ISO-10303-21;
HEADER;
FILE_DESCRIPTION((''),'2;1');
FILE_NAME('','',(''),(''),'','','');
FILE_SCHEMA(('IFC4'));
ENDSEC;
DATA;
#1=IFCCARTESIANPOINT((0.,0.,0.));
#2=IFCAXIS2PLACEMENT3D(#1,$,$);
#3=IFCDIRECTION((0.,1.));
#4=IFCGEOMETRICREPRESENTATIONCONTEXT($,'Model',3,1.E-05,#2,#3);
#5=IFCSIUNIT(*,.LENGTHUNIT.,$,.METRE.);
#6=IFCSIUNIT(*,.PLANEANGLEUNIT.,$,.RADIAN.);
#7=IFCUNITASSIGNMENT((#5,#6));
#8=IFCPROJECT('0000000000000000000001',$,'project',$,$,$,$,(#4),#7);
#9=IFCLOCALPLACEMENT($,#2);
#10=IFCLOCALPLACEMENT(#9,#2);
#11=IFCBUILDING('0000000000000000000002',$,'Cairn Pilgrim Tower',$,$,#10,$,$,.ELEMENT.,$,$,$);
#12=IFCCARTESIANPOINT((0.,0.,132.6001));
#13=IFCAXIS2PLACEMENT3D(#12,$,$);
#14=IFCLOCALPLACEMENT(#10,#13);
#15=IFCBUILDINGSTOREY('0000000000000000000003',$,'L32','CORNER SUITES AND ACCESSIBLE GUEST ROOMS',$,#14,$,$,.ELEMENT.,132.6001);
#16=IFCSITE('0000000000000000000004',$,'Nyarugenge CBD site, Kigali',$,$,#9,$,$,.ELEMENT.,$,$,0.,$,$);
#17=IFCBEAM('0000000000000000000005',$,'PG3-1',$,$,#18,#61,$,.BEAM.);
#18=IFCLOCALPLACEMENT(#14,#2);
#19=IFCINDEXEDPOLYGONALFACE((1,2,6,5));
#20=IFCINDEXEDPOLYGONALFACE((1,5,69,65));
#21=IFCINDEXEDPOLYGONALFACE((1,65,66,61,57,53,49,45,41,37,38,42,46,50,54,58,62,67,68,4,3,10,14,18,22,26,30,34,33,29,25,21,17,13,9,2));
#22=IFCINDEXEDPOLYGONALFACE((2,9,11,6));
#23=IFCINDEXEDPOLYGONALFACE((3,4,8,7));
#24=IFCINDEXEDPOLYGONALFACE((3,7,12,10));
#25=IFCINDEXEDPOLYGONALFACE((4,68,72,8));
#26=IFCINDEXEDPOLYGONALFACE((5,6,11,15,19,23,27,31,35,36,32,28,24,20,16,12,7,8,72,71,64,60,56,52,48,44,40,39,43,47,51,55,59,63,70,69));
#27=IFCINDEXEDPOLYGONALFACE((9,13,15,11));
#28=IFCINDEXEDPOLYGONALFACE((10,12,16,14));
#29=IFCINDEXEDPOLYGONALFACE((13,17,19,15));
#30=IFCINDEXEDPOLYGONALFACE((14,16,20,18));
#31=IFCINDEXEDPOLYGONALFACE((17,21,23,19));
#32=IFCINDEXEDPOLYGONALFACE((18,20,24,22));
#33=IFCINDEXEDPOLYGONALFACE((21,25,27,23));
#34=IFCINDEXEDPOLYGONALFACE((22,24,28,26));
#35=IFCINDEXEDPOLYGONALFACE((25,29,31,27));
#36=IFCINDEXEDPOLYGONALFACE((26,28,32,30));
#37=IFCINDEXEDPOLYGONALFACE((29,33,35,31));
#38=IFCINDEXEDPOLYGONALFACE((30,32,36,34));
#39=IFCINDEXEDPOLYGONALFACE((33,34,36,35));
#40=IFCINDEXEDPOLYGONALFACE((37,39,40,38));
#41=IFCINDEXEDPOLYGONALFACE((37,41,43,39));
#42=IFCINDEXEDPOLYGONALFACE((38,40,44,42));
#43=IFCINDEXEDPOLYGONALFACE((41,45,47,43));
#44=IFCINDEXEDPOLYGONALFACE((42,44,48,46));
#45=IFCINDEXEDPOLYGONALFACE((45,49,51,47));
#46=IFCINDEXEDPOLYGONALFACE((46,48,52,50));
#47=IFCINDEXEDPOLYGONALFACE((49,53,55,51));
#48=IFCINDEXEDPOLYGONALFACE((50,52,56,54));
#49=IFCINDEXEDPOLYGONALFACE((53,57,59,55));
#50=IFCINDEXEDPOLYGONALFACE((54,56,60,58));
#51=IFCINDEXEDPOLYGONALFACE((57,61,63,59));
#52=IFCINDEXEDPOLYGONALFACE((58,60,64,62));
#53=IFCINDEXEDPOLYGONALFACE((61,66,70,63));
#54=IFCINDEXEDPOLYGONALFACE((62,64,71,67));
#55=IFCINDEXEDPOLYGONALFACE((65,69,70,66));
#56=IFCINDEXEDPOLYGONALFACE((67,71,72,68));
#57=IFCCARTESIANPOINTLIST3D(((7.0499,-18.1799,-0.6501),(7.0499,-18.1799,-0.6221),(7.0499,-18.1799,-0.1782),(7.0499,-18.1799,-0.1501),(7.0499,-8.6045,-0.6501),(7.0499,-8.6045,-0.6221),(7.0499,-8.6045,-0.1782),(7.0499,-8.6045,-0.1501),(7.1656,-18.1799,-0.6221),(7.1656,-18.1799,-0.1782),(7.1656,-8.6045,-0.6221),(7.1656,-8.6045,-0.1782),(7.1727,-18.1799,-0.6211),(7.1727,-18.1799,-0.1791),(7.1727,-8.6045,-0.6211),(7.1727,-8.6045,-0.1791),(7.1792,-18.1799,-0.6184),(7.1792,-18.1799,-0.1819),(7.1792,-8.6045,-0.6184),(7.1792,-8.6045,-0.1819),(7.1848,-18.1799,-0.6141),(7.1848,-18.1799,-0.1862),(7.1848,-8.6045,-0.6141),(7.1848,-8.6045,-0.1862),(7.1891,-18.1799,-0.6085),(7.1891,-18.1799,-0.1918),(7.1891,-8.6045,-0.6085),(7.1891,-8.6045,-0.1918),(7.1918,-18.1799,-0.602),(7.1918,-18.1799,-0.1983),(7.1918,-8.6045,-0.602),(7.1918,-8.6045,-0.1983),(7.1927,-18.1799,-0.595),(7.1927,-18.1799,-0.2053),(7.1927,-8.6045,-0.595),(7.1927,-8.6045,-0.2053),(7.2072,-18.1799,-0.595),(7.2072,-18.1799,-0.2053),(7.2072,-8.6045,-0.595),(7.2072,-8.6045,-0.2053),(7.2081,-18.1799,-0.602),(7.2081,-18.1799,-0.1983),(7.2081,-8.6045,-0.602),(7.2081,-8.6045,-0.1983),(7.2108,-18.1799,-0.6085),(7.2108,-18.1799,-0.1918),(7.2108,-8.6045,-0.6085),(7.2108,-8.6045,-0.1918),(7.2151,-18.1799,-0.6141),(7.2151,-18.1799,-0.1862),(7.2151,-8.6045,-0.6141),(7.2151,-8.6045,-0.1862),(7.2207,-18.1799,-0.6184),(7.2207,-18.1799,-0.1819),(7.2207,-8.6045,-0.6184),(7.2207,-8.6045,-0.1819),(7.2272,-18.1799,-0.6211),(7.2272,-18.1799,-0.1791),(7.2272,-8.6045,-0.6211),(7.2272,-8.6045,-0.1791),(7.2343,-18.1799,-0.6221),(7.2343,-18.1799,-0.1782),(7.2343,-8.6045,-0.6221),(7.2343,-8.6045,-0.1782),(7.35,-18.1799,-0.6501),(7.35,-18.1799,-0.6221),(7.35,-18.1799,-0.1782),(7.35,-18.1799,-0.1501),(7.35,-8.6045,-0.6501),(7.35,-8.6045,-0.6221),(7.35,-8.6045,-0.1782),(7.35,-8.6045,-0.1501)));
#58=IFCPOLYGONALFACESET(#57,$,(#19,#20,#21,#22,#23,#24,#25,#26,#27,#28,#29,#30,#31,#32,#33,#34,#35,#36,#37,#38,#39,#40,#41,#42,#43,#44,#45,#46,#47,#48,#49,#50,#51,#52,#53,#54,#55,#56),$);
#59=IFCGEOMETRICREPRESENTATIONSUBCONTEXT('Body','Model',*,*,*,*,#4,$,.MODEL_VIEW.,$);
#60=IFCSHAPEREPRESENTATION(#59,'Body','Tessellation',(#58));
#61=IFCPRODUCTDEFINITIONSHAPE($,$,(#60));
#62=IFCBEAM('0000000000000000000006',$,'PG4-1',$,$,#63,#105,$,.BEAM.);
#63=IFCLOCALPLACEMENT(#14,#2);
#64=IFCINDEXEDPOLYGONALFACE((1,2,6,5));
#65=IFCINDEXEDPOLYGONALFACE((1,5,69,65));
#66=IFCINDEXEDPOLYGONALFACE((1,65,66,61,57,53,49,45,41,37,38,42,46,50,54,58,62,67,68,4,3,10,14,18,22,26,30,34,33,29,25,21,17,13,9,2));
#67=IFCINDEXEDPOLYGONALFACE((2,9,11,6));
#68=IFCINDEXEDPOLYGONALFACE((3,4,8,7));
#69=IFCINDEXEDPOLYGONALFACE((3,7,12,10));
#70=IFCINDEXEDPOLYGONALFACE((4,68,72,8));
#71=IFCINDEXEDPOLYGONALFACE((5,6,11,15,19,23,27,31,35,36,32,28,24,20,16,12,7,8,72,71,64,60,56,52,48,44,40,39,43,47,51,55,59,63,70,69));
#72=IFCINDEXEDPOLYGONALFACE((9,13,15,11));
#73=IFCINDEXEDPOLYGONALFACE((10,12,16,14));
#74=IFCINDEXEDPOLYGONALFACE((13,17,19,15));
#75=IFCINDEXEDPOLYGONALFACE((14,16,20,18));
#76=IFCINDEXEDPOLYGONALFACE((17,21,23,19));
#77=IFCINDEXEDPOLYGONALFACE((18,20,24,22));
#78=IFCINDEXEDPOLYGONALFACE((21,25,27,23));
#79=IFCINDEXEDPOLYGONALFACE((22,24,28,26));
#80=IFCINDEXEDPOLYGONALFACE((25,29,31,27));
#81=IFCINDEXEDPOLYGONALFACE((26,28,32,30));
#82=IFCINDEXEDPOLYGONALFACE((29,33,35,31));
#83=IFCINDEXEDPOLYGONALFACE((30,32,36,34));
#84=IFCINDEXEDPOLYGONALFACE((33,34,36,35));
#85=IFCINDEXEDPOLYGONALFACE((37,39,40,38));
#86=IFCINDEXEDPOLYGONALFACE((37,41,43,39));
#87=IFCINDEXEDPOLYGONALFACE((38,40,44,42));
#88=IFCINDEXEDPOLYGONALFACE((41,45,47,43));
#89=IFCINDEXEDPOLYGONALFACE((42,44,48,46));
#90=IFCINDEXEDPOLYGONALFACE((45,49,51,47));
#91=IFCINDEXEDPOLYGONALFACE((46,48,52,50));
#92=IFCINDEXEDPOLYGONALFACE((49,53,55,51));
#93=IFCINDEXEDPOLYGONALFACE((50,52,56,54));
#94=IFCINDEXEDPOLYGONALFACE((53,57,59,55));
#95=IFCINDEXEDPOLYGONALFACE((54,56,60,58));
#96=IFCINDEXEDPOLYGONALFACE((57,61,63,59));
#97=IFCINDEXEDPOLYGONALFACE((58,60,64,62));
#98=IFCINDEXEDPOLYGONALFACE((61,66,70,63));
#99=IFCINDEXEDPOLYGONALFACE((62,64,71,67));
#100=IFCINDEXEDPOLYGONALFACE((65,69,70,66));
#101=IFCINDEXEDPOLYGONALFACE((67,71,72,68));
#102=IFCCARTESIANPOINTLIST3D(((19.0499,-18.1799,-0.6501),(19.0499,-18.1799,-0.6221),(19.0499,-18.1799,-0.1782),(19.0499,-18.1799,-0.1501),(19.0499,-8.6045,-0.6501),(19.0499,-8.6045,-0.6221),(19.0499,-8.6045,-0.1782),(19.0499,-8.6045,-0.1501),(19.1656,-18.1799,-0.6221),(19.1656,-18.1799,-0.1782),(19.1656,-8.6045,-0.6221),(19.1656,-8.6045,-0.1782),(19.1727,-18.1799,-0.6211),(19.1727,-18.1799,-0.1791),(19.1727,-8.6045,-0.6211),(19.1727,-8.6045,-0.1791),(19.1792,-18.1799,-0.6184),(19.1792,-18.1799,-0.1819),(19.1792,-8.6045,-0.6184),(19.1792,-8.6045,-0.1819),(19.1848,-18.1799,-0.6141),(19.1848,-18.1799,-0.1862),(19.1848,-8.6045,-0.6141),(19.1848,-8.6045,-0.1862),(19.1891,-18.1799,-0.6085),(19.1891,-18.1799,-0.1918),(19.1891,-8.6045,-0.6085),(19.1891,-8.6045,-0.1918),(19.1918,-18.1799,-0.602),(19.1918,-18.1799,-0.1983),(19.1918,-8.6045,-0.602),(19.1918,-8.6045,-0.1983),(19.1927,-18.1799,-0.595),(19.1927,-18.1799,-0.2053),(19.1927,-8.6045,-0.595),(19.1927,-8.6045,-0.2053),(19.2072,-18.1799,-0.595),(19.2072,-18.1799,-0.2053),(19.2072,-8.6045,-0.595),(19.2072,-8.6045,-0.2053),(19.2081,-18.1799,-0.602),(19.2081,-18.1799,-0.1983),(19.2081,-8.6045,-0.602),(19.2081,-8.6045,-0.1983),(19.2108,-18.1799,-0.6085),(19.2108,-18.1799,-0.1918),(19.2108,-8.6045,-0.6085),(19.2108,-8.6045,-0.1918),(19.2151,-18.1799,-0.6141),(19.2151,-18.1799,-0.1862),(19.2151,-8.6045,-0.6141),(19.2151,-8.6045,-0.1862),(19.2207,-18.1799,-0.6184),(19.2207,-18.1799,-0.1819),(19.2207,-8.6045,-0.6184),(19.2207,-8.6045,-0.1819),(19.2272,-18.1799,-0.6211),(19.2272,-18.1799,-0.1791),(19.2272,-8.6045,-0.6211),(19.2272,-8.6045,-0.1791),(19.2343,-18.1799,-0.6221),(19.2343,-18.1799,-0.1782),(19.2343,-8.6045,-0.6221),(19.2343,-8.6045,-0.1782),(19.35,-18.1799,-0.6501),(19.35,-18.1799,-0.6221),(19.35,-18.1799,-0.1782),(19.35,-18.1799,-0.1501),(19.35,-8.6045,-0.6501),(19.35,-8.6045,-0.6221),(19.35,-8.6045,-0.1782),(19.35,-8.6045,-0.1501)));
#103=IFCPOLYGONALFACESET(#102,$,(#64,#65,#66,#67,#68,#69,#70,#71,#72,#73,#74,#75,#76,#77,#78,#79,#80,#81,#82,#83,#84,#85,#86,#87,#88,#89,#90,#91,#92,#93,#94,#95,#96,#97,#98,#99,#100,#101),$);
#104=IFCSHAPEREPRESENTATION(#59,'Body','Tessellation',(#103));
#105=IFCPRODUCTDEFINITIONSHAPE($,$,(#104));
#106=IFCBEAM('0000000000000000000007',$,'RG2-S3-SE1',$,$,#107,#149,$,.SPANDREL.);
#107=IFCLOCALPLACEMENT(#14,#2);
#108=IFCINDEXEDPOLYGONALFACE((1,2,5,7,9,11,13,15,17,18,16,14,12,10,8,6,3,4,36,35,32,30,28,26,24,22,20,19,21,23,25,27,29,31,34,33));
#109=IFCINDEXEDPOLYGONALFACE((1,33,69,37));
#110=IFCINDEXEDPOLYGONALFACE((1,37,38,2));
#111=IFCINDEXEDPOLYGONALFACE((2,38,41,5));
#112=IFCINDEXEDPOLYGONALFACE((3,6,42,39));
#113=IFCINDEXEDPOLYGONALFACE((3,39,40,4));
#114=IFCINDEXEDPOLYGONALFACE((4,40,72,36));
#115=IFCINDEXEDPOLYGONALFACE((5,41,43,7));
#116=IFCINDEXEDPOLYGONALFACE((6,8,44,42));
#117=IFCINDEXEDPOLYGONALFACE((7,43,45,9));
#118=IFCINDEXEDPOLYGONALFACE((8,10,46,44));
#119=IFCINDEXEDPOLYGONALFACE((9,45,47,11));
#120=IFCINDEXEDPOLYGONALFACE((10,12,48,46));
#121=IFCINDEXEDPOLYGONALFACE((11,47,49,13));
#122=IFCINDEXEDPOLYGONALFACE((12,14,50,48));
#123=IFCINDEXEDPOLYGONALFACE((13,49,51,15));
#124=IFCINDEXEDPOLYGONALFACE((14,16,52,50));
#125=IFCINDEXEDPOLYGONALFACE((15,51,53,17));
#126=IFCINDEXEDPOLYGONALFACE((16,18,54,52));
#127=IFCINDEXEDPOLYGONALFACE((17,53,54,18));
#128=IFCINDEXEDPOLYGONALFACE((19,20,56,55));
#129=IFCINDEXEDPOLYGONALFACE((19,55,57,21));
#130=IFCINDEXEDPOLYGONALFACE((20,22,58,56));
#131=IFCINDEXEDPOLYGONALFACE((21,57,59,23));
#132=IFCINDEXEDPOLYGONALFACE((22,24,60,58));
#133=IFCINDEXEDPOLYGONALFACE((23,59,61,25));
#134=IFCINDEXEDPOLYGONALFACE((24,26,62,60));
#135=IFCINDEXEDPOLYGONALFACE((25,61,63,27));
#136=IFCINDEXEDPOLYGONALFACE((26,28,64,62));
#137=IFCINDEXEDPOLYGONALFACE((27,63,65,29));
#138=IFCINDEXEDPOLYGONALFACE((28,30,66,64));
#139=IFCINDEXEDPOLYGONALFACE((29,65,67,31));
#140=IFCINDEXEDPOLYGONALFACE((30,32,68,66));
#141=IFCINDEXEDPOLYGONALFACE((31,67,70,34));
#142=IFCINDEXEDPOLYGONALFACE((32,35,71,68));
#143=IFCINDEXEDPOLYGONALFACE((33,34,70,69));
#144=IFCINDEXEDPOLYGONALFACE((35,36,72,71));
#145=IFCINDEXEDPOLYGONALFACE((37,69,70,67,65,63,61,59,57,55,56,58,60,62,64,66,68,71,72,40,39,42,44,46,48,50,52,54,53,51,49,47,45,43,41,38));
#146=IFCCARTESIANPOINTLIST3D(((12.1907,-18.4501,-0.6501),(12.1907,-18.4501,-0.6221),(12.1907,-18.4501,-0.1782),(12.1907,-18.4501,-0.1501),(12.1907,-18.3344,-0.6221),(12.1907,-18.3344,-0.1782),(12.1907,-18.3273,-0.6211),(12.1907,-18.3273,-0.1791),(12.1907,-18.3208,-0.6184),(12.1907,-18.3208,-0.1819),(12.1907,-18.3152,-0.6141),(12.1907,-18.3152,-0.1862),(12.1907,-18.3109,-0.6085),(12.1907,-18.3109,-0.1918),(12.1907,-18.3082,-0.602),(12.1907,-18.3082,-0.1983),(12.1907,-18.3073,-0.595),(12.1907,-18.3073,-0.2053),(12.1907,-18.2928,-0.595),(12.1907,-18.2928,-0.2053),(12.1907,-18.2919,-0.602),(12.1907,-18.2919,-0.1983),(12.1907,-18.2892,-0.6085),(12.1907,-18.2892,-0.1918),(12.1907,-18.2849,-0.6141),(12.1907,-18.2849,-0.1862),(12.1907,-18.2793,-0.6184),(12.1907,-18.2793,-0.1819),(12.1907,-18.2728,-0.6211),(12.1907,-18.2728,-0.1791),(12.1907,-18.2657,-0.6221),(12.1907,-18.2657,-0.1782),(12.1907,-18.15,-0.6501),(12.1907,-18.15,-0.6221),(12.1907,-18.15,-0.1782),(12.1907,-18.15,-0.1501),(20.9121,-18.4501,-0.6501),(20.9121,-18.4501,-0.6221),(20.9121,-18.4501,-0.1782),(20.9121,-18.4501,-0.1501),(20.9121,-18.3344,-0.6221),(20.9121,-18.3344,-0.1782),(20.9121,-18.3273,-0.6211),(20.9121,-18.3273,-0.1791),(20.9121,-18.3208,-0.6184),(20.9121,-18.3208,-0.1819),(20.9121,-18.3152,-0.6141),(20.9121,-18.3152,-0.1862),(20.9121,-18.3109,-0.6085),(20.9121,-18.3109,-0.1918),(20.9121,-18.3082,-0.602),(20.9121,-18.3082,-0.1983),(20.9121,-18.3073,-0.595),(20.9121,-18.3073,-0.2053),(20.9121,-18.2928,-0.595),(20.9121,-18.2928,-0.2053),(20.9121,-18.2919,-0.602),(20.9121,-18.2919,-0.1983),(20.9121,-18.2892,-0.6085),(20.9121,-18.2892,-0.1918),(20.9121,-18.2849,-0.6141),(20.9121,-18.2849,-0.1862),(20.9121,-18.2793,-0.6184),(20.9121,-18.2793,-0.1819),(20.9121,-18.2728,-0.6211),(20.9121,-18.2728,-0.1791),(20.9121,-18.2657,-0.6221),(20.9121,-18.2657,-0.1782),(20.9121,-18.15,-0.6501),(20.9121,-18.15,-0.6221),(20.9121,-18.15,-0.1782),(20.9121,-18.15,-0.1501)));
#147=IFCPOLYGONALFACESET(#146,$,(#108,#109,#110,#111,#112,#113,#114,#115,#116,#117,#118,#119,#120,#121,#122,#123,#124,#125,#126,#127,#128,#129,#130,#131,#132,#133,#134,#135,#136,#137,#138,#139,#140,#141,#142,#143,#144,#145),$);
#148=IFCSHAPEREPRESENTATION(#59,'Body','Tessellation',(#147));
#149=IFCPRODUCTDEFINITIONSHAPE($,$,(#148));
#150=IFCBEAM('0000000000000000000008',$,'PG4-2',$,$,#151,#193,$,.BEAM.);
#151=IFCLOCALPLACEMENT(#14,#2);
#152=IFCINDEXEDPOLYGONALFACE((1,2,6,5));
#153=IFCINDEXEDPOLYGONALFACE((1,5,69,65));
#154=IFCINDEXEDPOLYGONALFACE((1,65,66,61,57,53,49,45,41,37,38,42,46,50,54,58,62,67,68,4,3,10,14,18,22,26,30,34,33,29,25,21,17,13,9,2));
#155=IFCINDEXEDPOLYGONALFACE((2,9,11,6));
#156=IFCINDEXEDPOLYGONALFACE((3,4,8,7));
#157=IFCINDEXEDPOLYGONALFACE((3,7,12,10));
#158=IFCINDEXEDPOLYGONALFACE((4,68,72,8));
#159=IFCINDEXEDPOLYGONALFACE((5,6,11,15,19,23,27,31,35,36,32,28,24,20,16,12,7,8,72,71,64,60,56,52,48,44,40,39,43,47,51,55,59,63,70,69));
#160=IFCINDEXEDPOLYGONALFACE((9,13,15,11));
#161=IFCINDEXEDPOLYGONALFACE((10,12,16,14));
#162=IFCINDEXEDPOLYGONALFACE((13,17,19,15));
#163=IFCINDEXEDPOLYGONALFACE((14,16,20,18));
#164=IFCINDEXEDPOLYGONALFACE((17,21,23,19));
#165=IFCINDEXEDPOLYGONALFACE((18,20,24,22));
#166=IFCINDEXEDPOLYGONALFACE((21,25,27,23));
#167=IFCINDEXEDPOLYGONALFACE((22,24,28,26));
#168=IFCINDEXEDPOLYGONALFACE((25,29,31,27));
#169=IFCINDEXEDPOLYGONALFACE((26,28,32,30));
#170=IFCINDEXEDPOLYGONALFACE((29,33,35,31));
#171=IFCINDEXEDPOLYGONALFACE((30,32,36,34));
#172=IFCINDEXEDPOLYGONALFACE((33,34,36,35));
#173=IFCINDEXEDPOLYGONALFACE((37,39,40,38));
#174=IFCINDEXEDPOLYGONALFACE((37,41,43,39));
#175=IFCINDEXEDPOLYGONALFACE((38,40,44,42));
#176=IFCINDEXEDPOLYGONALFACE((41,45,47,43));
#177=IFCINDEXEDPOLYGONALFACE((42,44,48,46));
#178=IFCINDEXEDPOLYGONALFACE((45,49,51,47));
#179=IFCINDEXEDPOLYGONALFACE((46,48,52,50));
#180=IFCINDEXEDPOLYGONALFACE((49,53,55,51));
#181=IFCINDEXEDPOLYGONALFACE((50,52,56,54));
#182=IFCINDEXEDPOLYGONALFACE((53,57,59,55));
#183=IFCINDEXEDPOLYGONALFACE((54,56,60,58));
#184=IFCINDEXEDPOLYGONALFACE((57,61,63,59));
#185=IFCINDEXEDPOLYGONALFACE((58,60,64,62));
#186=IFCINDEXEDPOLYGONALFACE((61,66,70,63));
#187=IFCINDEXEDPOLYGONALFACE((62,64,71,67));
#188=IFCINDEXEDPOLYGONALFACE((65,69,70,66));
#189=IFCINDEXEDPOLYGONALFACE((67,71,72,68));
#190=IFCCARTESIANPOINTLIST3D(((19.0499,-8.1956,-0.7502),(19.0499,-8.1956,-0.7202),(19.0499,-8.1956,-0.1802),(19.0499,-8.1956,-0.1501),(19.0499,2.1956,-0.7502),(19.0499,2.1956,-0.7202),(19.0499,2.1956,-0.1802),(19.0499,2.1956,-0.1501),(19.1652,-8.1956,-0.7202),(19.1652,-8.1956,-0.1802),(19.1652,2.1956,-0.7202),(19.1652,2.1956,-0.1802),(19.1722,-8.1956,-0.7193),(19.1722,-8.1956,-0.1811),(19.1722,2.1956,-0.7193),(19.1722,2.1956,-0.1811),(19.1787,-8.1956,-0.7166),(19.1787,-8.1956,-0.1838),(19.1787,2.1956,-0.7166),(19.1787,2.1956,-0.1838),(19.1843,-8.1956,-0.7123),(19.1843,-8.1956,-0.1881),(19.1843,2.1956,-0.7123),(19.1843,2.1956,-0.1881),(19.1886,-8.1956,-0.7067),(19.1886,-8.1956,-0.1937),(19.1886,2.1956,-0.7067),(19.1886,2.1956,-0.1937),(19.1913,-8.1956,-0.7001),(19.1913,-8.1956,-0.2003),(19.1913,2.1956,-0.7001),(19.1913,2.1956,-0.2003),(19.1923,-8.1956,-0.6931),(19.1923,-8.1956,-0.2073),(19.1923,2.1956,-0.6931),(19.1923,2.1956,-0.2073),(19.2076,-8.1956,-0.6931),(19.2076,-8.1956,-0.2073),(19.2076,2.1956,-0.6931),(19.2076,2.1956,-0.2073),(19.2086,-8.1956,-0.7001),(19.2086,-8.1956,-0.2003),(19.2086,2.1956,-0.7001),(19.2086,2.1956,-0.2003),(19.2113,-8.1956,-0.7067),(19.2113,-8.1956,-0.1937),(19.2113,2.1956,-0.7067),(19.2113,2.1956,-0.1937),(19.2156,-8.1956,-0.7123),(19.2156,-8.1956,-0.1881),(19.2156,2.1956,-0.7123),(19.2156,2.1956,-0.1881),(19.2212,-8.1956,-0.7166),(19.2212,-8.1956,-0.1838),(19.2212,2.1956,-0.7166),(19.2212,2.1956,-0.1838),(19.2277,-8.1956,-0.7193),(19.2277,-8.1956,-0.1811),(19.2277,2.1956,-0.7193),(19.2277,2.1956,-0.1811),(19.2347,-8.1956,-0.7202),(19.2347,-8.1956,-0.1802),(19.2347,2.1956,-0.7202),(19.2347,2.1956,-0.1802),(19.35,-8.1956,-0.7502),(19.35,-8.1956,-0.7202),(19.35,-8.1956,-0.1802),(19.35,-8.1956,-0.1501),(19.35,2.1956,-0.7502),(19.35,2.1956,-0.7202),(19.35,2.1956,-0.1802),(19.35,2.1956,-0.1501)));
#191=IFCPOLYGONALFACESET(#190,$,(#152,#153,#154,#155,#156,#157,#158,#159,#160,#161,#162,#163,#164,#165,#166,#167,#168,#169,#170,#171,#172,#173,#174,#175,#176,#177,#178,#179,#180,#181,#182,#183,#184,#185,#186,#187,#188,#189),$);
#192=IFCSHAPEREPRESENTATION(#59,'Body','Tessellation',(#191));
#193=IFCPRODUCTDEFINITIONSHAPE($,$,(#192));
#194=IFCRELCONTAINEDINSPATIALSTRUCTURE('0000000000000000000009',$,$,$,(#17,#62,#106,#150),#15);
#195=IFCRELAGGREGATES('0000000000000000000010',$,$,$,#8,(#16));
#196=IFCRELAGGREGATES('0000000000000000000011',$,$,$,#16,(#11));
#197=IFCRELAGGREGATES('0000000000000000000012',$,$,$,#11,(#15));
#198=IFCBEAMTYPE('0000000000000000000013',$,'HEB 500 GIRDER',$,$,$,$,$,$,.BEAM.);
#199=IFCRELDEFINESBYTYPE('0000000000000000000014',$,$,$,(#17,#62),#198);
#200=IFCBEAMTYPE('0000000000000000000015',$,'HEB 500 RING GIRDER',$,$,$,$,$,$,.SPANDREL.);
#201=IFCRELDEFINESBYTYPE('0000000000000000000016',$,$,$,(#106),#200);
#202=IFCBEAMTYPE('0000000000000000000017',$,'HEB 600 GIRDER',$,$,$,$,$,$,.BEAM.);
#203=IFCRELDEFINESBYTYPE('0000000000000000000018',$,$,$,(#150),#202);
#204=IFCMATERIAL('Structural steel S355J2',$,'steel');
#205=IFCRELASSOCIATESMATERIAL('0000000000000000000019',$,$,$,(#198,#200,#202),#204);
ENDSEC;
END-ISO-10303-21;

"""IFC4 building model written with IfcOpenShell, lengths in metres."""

from ifc_helpers import new_model, si_unit, direction, frame, origin, origin_2d, place, context, subcontext, project, spatial, i_section, extrude, material, material_profile, profile_set, type_object, element, save


model = new_model("IFC4")

# Units and contexts
model_context = context("Model", 3, precision=1e-05, world=origin(), true_north=direction((0.0, 1.0)))
body_context = subcontext(model_context, "Body", "Model", "MODEL_VIEW")
ifc_project = project(units=[si_unit("LENGTHUNIT", "METRE"), si_unit("PLANEANGLEUNIT", "RADIAN")], contexts=[model_context])

# Site, building, storey
site_placement = place(None, origin())
site = spatial("IfcSite", under=ifc_project, at=site_placement, Name="Nyarugenge CBD site, Kigali", CompositionType="ELEMENT", RefElevation=0.0)
building_placement = place(site_placement, origin())
building = spatial("IfcBuilding", under=site, at=building_placement, Name="Cairn Pilgrim Tower", CompositionType="ELEMENT")
storey_placement = place(building_placement, frame((0.0, 0.0, 132.6001)))
storey = spatial("IfcBuildingStorey", under=building, at=storey_placement, Name="L32", Description="CORNER SUITES AND ACCESSIBLE GUEST ROOMS", CompositionType="ELEMENT", Elevation=132.6001)

# Beams
ifc_material_1 = material(Name="Structural steel S355J2", Category="steel")
ifc_material_profile_1 = material_profile(ifc_material_1, i_section(OverallWidth=0.3, OverallDepth=0.5, WebThickness=0.0144, FlangeThickness=0.0281, FilletRadius=0.0271, at=origin_2d()), Name="HEB 500")
ifc_profile_set_1 = profile_set([ifc_material_profile_1], Name="Structural steel S355J2")
beam_type_1 = type_object("IfcBeamType", Name="HEB 500 GIRDER", PredefinedType="BEAM", material=ifc_profile_set_1)
for number, where, z_axis, x_axis, name in (
    (1, (7.2, -18.1799, -0.4001), (0.0, 1.0, 0.0), (-1.0, 0.0, 0.0), "PG3-1"),
    (2, (19.2, -18.1799, -0.4001), (0.0, 1.0, 0.0), (-1.0, 0.0, 0.0), "PG4-1"),
):
    element("IfcBeam", number, at=place(storey_placement, frame(where, z_axis=z_axis, x_axis=x_axis)), inside=storey, type_object=beam_type_1, Name=name, PredefinedType="BEAM", context=body_context, shape_type="SweptSolid", body=[
        extrude(i_section(OverallWidth=0.3, OverallDepth=0.5, WebThickness=0.0144, FlangeThickness=0.0281, FilletRadius=0.0271, at=origin_2d()), origin(), (0.0, 0.0, 1.0), 9.5754),
    ])
ifc_material_profile_2 = material_profile(ifc_material_1, i_section(OverallWidth=0.3, OverallDepth=0.5, WebThickness=0.0144, FlangeThickness=0.0281, FilletRadius=0.0271, at=origin_2d()), Name="HEB 500")
ifc_profile_set_2 = profile_set([ifc_material_profile_2], Name="Structural steel S355J2")
beam_type_2 = type_object("IfcBeamType", Name="HEB 500 RING GIRDER", PredefinedType="SPANDREL", material=ifc_profile_set_2)
beam_1_placement = place(storey_placement, frame((12.1907, -18.3, -0.4001), z_axis=(1.0, 0.0, 0.0), x_axis=(0.0, 1.0, 0.0)))
element("IfcBeam", 3, at=beam_1_placement, inside=storey, type_object=beam_type_2, Name="RG2-S3-SE1", PredefinedType="SPANDREL", context=body_context, shape_type="SweptSolid", body=[
    extrude(i_section(OverallWidth=0.3, OverallDepth=0.5, WebThickness=0.0144, FlangeThickness=0.0281, FilletRadius=0.0271, at=origin_2d()), origin(), (0.0, 0.0, 1.0), 8.7214),
])
ifc_material_profile_3 = material_profile(ifc_material_1, i_section(OverallWidth=0.3, OverallDepth=0.6001, WebThickness=0.0154, FlangeThickness=0.03, FilletRadius=0.0271, at=origin_2d()), Name="HEB 600")
ifc_profile_set_3 = profile_set([ifc_material_profile_3], Name="Structural steel S355J2")
beam_type_3 = type_object("IfcBeamType", Name="HEB 600 GIRDER", PredefinedType="BEAM", material=ifc_profile_set_3)
beam_2_placement = place(storey_placement, frame((19.2, -8.1956, -0.4502), z_axis=(0.0, 1.0, 0.0), x_axis=(-1.0, 0.0, 0.0)))
element("IfcBeam", 4, at=beam_2_placement, inside=storey, type_object=beam_type_3, Name="PG4-2", PredefinedType="BEAM", context=body_context, shape_type="SweptSolid", body=[
    extrude(i_section(OverallWidth=0.3, OverallDepth=0.6001, WebThickness=0.0154, FlangeThickness=0.03, FilletRadius=0.0271, at=origin_2d()), origin(), (0.0, 0.0, 1.0), 10.3911),
])

save(model, "model.ifc")
